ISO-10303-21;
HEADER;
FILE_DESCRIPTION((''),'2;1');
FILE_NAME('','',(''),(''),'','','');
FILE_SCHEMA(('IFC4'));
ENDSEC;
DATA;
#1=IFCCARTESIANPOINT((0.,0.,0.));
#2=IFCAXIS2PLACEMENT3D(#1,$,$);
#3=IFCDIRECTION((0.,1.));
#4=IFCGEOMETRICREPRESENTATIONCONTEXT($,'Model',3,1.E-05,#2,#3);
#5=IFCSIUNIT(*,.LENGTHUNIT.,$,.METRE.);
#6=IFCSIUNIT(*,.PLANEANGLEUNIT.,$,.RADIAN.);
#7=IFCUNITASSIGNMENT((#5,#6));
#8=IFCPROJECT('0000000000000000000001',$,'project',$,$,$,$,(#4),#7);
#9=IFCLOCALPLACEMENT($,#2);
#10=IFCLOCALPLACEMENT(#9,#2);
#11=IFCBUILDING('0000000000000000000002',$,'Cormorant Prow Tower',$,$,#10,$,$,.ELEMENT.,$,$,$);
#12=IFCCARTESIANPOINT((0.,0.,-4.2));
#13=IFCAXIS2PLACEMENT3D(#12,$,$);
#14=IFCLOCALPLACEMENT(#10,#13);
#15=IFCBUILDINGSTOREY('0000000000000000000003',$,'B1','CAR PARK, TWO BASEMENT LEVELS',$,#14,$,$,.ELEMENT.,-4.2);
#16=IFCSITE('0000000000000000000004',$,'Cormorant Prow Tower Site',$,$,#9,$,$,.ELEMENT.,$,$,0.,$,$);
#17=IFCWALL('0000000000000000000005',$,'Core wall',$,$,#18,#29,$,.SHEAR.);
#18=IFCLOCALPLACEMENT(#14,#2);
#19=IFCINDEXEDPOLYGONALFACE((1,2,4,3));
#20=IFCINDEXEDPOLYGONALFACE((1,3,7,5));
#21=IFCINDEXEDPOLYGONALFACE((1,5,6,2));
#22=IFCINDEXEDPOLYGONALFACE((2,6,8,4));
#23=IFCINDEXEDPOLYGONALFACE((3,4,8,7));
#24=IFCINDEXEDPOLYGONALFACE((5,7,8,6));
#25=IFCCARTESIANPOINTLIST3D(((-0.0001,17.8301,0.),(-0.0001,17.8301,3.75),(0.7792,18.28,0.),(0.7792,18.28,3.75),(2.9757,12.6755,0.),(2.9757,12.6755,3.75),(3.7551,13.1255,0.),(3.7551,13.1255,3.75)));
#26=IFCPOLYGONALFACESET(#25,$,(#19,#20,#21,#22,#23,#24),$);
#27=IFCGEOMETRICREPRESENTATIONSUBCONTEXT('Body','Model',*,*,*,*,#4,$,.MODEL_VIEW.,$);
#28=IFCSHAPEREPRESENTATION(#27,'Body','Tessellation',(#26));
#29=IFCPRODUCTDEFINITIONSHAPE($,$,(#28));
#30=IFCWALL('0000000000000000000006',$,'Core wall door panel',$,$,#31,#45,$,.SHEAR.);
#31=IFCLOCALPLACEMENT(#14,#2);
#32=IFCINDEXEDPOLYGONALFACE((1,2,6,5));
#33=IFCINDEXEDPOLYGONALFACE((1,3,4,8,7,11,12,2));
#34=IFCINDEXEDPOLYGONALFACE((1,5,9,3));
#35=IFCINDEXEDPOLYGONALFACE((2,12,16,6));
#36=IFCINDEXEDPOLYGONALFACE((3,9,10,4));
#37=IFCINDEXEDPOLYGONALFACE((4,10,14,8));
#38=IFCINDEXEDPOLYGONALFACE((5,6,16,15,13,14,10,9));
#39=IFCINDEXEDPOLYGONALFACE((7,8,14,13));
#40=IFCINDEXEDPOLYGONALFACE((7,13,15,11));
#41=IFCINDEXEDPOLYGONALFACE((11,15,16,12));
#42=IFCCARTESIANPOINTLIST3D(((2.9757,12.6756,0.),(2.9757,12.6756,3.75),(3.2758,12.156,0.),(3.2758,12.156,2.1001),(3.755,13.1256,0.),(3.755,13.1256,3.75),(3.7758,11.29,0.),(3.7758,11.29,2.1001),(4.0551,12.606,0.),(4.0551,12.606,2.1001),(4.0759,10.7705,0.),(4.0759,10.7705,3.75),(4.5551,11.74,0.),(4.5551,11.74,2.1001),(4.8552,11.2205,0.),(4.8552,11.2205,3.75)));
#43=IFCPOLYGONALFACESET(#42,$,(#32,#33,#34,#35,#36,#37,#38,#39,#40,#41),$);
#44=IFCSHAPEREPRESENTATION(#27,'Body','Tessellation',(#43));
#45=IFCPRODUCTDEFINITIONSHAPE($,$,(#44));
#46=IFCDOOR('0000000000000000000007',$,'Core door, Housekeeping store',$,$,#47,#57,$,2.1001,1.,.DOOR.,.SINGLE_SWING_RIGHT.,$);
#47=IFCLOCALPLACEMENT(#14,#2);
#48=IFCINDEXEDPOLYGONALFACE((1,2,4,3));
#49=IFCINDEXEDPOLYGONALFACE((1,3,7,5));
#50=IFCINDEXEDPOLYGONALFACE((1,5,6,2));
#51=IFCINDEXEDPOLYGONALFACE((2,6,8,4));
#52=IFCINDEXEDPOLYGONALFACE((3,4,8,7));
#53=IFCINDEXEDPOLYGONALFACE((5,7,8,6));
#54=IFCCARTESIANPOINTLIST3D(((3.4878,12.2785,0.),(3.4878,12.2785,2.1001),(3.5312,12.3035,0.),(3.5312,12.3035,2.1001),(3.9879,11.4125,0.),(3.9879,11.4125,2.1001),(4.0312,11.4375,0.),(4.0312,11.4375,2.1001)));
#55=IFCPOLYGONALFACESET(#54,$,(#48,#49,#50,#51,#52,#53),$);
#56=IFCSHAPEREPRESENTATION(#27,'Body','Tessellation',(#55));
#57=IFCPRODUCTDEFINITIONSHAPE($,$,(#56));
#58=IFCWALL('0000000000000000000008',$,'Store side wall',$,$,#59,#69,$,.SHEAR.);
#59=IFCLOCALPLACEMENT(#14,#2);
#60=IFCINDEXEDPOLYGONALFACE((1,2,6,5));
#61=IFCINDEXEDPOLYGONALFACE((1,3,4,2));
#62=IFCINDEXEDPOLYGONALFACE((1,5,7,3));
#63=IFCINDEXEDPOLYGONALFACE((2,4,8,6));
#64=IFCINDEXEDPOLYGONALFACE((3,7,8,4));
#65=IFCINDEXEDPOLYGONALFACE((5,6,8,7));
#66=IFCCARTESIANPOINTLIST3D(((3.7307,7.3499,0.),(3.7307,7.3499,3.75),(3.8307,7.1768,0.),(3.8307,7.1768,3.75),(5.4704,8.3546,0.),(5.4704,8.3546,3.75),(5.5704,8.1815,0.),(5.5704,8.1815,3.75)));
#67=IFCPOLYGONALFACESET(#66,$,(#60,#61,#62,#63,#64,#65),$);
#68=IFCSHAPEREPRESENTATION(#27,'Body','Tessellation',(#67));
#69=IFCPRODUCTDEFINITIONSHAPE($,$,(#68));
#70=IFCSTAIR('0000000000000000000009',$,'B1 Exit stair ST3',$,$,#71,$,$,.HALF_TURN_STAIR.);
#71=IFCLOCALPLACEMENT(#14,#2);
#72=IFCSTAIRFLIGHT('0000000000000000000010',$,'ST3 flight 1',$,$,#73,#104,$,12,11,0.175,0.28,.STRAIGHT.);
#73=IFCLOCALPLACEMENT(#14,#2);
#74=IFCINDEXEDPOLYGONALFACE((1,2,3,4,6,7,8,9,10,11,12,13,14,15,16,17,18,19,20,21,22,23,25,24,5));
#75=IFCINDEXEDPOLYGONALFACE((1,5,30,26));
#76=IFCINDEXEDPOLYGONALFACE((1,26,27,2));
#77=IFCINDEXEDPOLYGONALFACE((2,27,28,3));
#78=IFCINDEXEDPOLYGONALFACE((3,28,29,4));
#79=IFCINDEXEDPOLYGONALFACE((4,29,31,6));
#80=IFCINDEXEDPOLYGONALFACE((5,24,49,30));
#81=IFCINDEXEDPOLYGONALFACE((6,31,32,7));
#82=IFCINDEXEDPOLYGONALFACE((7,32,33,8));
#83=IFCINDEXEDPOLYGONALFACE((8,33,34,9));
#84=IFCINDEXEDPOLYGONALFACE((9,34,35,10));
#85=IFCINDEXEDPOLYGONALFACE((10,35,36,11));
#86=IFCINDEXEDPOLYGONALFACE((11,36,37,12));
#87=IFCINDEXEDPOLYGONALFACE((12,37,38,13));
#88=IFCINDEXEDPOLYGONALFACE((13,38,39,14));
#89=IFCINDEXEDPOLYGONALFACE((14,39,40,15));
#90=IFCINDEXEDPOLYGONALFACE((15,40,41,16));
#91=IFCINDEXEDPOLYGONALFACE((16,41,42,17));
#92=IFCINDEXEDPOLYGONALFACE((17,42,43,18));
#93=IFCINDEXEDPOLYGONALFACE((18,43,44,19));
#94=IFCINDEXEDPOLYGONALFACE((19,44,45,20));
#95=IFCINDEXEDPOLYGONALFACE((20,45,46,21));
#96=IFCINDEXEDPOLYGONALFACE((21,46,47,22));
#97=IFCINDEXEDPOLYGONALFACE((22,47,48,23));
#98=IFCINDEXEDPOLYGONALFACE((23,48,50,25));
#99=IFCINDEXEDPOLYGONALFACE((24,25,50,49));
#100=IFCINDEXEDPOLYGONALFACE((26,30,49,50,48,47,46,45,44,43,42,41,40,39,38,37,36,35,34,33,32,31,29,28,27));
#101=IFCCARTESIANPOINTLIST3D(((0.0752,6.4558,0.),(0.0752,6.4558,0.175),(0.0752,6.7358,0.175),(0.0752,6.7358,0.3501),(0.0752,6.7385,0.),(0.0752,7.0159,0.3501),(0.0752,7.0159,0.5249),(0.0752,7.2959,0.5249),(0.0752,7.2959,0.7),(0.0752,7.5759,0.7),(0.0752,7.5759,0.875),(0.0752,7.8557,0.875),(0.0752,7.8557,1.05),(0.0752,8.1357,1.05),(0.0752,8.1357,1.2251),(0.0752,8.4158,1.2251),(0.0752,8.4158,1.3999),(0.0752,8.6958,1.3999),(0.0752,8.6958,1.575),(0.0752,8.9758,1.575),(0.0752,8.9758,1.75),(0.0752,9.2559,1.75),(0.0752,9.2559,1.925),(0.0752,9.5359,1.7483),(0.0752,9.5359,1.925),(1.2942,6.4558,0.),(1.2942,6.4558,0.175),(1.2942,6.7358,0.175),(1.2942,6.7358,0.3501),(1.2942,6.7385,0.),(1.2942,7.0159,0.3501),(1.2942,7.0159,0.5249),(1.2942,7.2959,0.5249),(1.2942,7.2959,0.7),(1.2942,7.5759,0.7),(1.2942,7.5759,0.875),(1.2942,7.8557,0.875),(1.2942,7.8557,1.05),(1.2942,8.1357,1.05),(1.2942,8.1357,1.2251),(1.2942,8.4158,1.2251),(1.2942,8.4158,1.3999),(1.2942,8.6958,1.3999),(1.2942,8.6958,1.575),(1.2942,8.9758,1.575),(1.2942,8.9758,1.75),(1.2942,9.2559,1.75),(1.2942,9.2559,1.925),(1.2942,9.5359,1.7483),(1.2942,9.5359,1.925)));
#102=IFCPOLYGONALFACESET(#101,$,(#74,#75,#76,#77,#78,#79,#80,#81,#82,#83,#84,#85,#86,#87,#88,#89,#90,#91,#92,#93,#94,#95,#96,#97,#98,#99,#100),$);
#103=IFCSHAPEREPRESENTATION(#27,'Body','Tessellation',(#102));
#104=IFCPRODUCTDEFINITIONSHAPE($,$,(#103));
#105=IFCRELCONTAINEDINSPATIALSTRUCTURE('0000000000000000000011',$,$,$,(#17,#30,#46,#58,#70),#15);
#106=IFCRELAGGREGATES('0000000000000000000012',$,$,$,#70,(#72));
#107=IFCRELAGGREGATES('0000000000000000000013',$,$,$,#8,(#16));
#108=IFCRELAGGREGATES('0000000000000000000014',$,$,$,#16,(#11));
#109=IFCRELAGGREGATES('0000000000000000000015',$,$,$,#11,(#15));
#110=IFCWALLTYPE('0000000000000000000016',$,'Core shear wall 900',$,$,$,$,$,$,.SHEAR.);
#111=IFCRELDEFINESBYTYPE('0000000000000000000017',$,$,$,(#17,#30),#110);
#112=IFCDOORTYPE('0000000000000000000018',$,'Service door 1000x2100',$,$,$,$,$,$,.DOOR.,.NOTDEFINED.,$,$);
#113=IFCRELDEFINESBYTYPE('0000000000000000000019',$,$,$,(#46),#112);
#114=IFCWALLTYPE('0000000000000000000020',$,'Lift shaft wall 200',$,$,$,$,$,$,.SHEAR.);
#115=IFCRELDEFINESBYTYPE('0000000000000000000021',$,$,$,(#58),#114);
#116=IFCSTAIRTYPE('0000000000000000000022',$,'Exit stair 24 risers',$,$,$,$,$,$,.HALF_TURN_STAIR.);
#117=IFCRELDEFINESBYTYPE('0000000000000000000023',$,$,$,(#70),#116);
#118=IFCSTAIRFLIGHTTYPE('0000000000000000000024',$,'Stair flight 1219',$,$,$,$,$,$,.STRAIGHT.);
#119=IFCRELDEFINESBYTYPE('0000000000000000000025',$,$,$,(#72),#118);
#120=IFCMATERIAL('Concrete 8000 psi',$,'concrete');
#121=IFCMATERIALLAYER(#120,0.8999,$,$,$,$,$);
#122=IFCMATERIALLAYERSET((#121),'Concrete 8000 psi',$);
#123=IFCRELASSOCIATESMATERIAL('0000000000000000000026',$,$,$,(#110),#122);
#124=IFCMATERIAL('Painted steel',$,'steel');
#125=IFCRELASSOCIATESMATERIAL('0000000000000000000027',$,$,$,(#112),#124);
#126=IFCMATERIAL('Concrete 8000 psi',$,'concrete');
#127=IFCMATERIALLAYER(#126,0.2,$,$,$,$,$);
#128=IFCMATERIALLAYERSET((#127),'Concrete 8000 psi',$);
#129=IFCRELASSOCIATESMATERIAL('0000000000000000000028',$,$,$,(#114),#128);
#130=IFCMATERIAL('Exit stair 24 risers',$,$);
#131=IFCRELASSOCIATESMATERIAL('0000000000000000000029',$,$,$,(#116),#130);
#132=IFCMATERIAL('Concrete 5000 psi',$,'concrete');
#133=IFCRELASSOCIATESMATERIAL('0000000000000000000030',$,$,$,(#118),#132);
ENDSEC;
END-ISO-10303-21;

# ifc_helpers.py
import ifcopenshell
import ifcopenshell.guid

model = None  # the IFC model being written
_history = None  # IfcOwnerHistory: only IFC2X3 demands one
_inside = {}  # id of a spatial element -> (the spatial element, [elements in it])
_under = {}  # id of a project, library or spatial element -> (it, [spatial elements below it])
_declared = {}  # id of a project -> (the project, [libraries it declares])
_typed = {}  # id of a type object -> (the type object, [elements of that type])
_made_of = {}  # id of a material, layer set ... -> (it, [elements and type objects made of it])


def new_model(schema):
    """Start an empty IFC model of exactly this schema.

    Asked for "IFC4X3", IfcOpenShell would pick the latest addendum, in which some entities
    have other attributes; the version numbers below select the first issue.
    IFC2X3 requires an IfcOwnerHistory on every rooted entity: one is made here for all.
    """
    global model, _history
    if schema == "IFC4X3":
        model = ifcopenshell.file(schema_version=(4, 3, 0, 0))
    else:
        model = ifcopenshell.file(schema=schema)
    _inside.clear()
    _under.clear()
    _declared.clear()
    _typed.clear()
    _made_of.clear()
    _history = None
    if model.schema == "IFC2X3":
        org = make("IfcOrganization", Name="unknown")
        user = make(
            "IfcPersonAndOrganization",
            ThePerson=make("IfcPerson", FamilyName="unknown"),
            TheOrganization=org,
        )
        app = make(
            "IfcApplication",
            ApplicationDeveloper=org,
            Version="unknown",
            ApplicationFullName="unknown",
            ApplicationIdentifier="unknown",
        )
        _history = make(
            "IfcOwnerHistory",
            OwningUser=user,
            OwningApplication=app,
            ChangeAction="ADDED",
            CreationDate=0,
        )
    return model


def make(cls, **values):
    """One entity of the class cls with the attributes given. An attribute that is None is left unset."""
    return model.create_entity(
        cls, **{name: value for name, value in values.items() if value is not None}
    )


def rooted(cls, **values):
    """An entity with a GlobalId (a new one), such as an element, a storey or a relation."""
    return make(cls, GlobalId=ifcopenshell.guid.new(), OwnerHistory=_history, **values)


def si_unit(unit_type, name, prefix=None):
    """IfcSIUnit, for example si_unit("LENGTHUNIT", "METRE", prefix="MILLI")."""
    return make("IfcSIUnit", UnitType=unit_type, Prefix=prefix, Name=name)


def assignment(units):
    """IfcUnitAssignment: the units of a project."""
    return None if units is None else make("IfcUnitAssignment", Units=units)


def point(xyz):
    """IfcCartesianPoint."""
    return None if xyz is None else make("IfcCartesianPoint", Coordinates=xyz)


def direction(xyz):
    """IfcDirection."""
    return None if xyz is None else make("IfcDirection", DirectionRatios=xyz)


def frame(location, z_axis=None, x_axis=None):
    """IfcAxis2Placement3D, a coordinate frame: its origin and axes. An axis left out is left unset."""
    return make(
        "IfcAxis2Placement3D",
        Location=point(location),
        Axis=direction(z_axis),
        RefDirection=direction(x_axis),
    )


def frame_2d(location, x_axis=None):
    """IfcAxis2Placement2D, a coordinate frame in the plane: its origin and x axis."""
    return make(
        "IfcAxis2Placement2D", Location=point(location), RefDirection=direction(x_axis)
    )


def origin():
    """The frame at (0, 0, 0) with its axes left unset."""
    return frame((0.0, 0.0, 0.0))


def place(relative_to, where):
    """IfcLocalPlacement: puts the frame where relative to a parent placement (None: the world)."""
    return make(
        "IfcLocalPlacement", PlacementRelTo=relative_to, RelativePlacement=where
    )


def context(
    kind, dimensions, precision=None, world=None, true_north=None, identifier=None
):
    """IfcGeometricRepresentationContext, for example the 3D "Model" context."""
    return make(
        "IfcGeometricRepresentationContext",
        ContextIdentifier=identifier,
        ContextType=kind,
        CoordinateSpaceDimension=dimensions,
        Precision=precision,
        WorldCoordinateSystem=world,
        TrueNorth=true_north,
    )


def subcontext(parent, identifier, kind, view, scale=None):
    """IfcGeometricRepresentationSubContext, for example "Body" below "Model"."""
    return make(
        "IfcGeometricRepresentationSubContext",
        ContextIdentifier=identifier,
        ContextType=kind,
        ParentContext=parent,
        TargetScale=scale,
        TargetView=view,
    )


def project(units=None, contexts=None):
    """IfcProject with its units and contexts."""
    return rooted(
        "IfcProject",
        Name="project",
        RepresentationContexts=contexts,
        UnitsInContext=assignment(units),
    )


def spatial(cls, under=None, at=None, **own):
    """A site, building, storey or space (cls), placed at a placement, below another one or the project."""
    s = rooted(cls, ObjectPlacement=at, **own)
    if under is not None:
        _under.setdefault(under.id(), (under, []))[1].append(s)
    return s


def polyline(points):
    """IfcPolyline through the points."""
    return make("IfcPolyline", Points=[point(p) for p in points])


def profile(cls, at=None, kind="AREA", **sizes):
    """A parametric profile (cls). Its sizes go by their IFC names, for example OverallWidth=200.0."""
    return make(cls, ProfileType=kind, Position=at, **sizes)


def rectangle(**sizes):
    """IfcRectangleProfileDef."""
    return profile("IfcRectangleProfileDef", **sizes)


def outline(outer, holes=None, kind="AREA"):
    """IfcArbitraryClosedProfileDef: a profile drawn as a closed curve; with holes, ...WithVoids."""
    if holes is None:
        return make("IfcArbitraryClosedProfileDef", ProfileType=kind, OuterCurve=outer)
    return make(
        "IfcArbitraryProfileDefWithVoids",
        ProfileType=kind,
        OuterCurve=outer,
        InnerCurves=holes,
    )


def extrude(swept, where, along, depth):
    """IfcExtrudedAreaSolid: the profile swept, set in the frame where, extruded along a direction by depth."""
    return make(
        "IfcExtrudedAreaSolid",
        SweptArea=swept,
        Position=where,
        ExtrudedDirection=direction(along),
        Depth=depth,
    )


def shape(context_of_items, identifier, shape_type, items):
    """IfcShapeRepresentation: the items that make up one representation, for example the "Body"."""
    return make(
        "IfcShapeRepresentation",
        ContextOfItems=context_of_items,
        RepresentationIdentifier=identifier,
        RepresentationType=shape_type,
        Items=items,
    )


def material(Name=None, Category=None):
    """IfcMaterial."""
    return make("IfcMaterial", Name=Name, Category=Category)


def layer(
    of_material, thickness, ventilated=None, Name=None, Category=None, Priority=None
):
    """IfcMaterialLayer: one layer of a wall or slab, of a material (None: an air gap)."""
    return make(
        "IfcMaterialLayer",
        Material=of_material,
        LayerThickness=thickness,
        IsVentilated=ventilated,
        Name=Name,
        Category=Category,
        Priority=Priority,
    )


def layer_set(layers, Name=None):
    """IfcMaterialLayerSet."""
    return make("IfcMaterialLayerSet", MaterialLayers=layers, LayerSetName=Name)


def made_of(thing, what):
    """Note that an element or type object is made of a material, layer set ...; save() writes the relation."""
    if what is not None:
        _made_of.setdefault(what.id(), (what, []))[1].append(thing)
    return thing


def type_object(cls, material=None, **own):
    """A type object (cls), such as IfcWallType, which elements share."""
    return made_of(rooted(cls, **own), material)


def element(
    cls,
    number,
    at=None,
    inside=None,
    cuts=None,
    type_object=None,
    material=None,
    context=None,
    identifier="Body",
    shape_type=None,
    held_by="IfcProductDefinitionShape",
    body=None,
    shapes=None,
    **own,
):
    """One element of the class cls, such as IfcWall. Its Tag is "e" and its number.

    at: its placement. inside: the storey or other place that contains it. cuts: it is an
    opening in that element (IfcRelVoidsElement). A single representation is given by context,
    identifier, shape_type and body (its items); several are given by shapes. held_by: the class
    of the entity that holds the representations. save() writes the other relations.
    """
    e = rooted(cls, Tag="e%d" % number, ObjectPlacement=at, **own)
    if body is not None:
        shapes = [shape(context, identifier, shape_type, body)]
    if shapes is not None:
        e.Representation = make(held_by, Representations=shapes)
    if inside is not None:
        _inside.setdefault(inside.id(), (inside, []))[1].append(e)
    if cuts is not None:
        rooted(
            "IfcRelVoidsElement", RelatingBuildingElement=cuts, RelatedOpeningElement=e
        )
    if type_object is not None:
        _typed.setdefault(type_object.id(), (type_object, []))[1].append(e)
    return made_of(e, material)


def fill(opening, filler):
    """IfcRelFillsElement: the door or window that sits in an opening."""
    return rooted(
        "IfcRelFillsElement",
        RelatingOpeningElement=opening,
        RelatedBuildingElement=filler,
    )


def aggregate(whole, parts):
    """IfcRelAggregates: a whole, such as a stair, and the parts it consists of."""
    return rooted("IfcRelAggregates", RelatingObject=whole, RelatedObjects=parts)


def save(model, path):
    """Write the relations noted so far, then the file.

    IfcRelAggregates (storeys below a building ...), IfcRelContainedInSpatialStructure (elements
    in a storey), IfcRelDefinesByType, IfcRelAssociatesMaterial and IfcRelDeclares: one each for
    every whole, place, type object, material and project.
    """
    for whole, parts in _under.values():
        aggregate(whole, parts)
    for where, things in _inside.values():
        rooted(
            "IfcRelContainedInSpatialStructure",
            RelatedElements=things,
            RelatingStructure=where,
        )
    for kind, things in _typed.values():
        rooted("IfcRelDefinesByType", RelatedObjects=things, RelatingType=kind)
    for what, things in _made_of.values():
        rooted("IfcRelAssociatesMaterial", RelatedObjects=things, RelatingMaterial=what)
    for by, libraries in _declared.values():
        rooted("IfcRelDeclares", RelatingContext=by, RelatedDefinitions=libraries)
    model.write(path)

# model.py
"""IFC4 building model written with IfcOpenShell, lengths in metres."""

from ifc_helpers import new_model, si_unit, direction, frame, frame_2d, origin, place, context, subcontext, project, spatial, polyline, rectangle, outline, extrude, material, layer, layer_set, type_object, element, fill, aggregate, save


model = new_model("IFC4")

# Units and contexts
model_context = context("Model", 3, precision=1e-05, world=origin(), true_north=direction((0.0, 1.0)))
body_context = subcontext(model_context, "Body", "Model", "MODEL_VIEW")
ifc_project = project(units=[si_unit("LENGTHUNIT", "METRE"), si_unit("PLANEANGLEUNIT", "RADIAN")], contexts=[model_context])

# Site, building, storey
site_placement = place(None, origin())
site = spatial("IfcSite", under=ifc_project, at=site_placement, Name="Cormorant Prow Tower Site", CompositionType="ELEMENT", RefElevation=0.0)
building_placement = place(site_placement, origin())
building = spatial("IfcBuilding", under=site, at=building_placement, Name="Cormorant Prow Tower", CompositionType="ELEMENT")
storey_placement = place(building_placement, frame((0.0, 0.0, -4.2)))
storey = spatial("IfcBuildingStorey", under=building, at=storey_placement, Name="B1", Description="CAR PARK, TWO BASEMENT LEVELS", CompositionType="ELEMENT", Elevation=-4.2)

# Wall
ifc_material_1 = material(Name="Concrete 8000 psi", Category="concrete")
ifc_layer_1 = layer(ifc_material_1, 0.8999)
ifc_layer_set_1 = layer_set([ifc_layer_1], Name="Concrete 8000 psi")
wall_type_1 = type_object("IfcWallType", Name="Core shear wall 900", PredefinedType="SHEAR", material=ifc_layer_set_1)
wall_1_placement = place(storey_placement, frame((3.3655, 12.9004, 0.0), z_axis=(0.0, 0.0, 1.0), x_axis=(-0.499982, 0.866036, 0.0)))
element("IfcWall", 1, at=wall_1_placement, inside=storey, type_object=wall_type_1, Name="Core wall", PredefinedType="SHEAR", context=body_context, shape_type="SweptSolid", body=[
    extrude(rectangle(XDim=5.9519, YDim=0.8999, at=frame_2d((2.9761, 0.0))), origin(), (0.0, 0.0, 1.0), 3.75),
])

# Wall, opening, door
wall_2_placement = place(storey_placement, frame((4.4656, 10.9954, 0.0), z_axis=(0.0, 0.0, 1.0), x_axis=(-0.500078, 0.86598, 0.0)))
wall_2 = element("IfcWall", 2, at=wall_2_placement, inside=storey, type_object=wall_type_1, Name="Core wall door panel", PredefinedType="SHEAR", context=body_context, shape_type="SweptSolid", body=[
    extrude(rectangle(XDim=2.2, YDim=0.8999, at=frame_2d((1.1001, 0.0))), origin(), (0.0, 0.0, 1.0), 3.75),
])
opening_1_placement = place(wall_2_placement, frame((0.6001, 0.0, 0.0)))
opening_1 = element("IfcOpeningElement", 3, at=opening_1_placement, cuts=wall_2, PredefinedType="OPENING", context=body_context, shape_type="SweptSolid", body=[
    extrude(rectangle(XDim=1.0, YDim=2.1001, at=frame_2d((0.5, 1.05))), frame((0.0, 0.46, 0.0), z_axis=(0.0, -1.0, 0.0), x_axis=(1.0, 0.0, 0.0)), (0.0, 0.0, 1.0), 0.9199),
])
ifc_material_2 = material(Name="Painted steel", Category="steel")
door_type_1 = type_object("IfcDoorType", Name="Service door 1000x2100", OperationType="NOTDEFINED", PredefinedType="DOOR", material=ifc_material_2)
door_1_placement = place(opening_1_placement, origin())
door_1 = element("IfcDoor", 4, at=door_1_placement, inside=storey, type_object=door_type_1, Name="Core door, Housekeeping store", OperationType="SINGLE_SWING_RIGHT", OverallHeight=2.1001, OverallWidth=1.0, PredefinedType="DOOR", context=body_context, shape_type="SweptSolid", body=[
    extrude(rectangle(XDim=1.0, YDim=2.1001, at=frame_2d((0.5, 1.05))), frame((0.0, 0.2051, 0.0), z_axis=(0.0, -1.0, 0.0), x_axis=(1.0, 0.0, 0.0)), (0.0, 0.0, 1.0), 0.05),
])
fill(opening_1, door_1)

# Wall
ifc_material_3 = material(Name="Concrete 8000 psi", Category="concrete")
ifc_layer_2 = layer(ifc_material_3, 0.2)
ifc_layer_set_2 = layer_set([ifc_layer_2], Name="Concrete 8000 psi")
wall_type_2 = type_object("IfcWallType", Name="Lift shaft wall 200", PredefinedType="SHEAR", material=ifc_layer_set_2)
wall_3_placement = place(storey_placement, frame((3.7808, 7.2634, 0.0), z_axis=(0.0, 0.0, 1.0), x_axis=(0.865983, 0.500073, 0.0)))
element("IfcWall", 5, at=wall_3_placement, inside=storey, type_object=wall_type_2, Name="Store side wall", PredefinedType="SHEAR", context=body_context, shape_type="SweptSolid", body=[
    extrude(rectangle(XDim=2.009, YDim=0.2, at=frame_2d((1.0044, 0.0))), origin(), (0.0, 0.0, 1.0), 3.75),
])

# Stair, stair flight
ifc_material_4 = material(Name="Exit stair 24 risers")
stair_type = type_object("IfcStairType", Name="Exit stair 24 risers", PredefinedType="HALF_TURN_STAIR", material=ifc_material_4)
stair_placement = place(storey_placement, origin())
stair = element("IfcStair", 6, at=stair_placement, inside=storey, type_object=stair_type, Name="B1 Exit stair ST3", PredefinedType="HALF_TURN_STAIR")
ifc_material_5 = material(Name="Concrete 5000 psi", Category="concrete")
stair_flight_type = type_object("IfcStairFlightType", Name="Stair flight 1219", PredefinedType="STRAIGHT", material=ifc_material_5)
stair_flight_placement = place(storey_placement, frame((0.6846, 6.4558, 0.0), z_axis=(0.0, 0.0, 1.0), x_axis=(0.0, 1.0, 0.0)))
stair_flight = element("IfcStairFlight", 7, at=stair_flight_placement, type_object=stair_flight_type, Name="ST3 flight 1", NumberOfRisers=12, NumberOfTreads=11, PredefinedType="STRAIGHT", RiserHeight=0.175, TreadLength=0.28, context=body_context, shape_type="SweptSolid", body=[
    extrude(outline(polyline([(0.0, 0.0), (0.0, 0.175), (0.28, 0.175), (0.28, 0.3501), (0.5601, 0.3501), (0.5601, 0.5249), (0.8401, 0.5249), (0.8401, 0.7), (1.1201, 0.7), (1.1201, 0.875), (1.3999, 0.875), (1.3999, 1.05), (1.6799, 1.05), (1.6799, 1.2251), (1.96, 1.2251), (1.96, 1.3999), (2.24, 1.3999), (2.24, 1.575), (2.52, 1.575), (2.52, 1.75), (2.8, 1.75), (2.8, 1.925), (3.0801, 1.925), (3.0801, 2.1001), (3.0801, 1.7483), (0.2827, 0.0), (0.0, 0.0)])), frame((0.0, 0.6094, 0.0), z_axis=(0.0, -1.0, 0.0), x_axis=(1.0, 0.0, 0.0)), (0.0, 0.0, 1.0), 1.219),
])
aggregate(stair, [stair_flight])

save(model, "model.ifc")
